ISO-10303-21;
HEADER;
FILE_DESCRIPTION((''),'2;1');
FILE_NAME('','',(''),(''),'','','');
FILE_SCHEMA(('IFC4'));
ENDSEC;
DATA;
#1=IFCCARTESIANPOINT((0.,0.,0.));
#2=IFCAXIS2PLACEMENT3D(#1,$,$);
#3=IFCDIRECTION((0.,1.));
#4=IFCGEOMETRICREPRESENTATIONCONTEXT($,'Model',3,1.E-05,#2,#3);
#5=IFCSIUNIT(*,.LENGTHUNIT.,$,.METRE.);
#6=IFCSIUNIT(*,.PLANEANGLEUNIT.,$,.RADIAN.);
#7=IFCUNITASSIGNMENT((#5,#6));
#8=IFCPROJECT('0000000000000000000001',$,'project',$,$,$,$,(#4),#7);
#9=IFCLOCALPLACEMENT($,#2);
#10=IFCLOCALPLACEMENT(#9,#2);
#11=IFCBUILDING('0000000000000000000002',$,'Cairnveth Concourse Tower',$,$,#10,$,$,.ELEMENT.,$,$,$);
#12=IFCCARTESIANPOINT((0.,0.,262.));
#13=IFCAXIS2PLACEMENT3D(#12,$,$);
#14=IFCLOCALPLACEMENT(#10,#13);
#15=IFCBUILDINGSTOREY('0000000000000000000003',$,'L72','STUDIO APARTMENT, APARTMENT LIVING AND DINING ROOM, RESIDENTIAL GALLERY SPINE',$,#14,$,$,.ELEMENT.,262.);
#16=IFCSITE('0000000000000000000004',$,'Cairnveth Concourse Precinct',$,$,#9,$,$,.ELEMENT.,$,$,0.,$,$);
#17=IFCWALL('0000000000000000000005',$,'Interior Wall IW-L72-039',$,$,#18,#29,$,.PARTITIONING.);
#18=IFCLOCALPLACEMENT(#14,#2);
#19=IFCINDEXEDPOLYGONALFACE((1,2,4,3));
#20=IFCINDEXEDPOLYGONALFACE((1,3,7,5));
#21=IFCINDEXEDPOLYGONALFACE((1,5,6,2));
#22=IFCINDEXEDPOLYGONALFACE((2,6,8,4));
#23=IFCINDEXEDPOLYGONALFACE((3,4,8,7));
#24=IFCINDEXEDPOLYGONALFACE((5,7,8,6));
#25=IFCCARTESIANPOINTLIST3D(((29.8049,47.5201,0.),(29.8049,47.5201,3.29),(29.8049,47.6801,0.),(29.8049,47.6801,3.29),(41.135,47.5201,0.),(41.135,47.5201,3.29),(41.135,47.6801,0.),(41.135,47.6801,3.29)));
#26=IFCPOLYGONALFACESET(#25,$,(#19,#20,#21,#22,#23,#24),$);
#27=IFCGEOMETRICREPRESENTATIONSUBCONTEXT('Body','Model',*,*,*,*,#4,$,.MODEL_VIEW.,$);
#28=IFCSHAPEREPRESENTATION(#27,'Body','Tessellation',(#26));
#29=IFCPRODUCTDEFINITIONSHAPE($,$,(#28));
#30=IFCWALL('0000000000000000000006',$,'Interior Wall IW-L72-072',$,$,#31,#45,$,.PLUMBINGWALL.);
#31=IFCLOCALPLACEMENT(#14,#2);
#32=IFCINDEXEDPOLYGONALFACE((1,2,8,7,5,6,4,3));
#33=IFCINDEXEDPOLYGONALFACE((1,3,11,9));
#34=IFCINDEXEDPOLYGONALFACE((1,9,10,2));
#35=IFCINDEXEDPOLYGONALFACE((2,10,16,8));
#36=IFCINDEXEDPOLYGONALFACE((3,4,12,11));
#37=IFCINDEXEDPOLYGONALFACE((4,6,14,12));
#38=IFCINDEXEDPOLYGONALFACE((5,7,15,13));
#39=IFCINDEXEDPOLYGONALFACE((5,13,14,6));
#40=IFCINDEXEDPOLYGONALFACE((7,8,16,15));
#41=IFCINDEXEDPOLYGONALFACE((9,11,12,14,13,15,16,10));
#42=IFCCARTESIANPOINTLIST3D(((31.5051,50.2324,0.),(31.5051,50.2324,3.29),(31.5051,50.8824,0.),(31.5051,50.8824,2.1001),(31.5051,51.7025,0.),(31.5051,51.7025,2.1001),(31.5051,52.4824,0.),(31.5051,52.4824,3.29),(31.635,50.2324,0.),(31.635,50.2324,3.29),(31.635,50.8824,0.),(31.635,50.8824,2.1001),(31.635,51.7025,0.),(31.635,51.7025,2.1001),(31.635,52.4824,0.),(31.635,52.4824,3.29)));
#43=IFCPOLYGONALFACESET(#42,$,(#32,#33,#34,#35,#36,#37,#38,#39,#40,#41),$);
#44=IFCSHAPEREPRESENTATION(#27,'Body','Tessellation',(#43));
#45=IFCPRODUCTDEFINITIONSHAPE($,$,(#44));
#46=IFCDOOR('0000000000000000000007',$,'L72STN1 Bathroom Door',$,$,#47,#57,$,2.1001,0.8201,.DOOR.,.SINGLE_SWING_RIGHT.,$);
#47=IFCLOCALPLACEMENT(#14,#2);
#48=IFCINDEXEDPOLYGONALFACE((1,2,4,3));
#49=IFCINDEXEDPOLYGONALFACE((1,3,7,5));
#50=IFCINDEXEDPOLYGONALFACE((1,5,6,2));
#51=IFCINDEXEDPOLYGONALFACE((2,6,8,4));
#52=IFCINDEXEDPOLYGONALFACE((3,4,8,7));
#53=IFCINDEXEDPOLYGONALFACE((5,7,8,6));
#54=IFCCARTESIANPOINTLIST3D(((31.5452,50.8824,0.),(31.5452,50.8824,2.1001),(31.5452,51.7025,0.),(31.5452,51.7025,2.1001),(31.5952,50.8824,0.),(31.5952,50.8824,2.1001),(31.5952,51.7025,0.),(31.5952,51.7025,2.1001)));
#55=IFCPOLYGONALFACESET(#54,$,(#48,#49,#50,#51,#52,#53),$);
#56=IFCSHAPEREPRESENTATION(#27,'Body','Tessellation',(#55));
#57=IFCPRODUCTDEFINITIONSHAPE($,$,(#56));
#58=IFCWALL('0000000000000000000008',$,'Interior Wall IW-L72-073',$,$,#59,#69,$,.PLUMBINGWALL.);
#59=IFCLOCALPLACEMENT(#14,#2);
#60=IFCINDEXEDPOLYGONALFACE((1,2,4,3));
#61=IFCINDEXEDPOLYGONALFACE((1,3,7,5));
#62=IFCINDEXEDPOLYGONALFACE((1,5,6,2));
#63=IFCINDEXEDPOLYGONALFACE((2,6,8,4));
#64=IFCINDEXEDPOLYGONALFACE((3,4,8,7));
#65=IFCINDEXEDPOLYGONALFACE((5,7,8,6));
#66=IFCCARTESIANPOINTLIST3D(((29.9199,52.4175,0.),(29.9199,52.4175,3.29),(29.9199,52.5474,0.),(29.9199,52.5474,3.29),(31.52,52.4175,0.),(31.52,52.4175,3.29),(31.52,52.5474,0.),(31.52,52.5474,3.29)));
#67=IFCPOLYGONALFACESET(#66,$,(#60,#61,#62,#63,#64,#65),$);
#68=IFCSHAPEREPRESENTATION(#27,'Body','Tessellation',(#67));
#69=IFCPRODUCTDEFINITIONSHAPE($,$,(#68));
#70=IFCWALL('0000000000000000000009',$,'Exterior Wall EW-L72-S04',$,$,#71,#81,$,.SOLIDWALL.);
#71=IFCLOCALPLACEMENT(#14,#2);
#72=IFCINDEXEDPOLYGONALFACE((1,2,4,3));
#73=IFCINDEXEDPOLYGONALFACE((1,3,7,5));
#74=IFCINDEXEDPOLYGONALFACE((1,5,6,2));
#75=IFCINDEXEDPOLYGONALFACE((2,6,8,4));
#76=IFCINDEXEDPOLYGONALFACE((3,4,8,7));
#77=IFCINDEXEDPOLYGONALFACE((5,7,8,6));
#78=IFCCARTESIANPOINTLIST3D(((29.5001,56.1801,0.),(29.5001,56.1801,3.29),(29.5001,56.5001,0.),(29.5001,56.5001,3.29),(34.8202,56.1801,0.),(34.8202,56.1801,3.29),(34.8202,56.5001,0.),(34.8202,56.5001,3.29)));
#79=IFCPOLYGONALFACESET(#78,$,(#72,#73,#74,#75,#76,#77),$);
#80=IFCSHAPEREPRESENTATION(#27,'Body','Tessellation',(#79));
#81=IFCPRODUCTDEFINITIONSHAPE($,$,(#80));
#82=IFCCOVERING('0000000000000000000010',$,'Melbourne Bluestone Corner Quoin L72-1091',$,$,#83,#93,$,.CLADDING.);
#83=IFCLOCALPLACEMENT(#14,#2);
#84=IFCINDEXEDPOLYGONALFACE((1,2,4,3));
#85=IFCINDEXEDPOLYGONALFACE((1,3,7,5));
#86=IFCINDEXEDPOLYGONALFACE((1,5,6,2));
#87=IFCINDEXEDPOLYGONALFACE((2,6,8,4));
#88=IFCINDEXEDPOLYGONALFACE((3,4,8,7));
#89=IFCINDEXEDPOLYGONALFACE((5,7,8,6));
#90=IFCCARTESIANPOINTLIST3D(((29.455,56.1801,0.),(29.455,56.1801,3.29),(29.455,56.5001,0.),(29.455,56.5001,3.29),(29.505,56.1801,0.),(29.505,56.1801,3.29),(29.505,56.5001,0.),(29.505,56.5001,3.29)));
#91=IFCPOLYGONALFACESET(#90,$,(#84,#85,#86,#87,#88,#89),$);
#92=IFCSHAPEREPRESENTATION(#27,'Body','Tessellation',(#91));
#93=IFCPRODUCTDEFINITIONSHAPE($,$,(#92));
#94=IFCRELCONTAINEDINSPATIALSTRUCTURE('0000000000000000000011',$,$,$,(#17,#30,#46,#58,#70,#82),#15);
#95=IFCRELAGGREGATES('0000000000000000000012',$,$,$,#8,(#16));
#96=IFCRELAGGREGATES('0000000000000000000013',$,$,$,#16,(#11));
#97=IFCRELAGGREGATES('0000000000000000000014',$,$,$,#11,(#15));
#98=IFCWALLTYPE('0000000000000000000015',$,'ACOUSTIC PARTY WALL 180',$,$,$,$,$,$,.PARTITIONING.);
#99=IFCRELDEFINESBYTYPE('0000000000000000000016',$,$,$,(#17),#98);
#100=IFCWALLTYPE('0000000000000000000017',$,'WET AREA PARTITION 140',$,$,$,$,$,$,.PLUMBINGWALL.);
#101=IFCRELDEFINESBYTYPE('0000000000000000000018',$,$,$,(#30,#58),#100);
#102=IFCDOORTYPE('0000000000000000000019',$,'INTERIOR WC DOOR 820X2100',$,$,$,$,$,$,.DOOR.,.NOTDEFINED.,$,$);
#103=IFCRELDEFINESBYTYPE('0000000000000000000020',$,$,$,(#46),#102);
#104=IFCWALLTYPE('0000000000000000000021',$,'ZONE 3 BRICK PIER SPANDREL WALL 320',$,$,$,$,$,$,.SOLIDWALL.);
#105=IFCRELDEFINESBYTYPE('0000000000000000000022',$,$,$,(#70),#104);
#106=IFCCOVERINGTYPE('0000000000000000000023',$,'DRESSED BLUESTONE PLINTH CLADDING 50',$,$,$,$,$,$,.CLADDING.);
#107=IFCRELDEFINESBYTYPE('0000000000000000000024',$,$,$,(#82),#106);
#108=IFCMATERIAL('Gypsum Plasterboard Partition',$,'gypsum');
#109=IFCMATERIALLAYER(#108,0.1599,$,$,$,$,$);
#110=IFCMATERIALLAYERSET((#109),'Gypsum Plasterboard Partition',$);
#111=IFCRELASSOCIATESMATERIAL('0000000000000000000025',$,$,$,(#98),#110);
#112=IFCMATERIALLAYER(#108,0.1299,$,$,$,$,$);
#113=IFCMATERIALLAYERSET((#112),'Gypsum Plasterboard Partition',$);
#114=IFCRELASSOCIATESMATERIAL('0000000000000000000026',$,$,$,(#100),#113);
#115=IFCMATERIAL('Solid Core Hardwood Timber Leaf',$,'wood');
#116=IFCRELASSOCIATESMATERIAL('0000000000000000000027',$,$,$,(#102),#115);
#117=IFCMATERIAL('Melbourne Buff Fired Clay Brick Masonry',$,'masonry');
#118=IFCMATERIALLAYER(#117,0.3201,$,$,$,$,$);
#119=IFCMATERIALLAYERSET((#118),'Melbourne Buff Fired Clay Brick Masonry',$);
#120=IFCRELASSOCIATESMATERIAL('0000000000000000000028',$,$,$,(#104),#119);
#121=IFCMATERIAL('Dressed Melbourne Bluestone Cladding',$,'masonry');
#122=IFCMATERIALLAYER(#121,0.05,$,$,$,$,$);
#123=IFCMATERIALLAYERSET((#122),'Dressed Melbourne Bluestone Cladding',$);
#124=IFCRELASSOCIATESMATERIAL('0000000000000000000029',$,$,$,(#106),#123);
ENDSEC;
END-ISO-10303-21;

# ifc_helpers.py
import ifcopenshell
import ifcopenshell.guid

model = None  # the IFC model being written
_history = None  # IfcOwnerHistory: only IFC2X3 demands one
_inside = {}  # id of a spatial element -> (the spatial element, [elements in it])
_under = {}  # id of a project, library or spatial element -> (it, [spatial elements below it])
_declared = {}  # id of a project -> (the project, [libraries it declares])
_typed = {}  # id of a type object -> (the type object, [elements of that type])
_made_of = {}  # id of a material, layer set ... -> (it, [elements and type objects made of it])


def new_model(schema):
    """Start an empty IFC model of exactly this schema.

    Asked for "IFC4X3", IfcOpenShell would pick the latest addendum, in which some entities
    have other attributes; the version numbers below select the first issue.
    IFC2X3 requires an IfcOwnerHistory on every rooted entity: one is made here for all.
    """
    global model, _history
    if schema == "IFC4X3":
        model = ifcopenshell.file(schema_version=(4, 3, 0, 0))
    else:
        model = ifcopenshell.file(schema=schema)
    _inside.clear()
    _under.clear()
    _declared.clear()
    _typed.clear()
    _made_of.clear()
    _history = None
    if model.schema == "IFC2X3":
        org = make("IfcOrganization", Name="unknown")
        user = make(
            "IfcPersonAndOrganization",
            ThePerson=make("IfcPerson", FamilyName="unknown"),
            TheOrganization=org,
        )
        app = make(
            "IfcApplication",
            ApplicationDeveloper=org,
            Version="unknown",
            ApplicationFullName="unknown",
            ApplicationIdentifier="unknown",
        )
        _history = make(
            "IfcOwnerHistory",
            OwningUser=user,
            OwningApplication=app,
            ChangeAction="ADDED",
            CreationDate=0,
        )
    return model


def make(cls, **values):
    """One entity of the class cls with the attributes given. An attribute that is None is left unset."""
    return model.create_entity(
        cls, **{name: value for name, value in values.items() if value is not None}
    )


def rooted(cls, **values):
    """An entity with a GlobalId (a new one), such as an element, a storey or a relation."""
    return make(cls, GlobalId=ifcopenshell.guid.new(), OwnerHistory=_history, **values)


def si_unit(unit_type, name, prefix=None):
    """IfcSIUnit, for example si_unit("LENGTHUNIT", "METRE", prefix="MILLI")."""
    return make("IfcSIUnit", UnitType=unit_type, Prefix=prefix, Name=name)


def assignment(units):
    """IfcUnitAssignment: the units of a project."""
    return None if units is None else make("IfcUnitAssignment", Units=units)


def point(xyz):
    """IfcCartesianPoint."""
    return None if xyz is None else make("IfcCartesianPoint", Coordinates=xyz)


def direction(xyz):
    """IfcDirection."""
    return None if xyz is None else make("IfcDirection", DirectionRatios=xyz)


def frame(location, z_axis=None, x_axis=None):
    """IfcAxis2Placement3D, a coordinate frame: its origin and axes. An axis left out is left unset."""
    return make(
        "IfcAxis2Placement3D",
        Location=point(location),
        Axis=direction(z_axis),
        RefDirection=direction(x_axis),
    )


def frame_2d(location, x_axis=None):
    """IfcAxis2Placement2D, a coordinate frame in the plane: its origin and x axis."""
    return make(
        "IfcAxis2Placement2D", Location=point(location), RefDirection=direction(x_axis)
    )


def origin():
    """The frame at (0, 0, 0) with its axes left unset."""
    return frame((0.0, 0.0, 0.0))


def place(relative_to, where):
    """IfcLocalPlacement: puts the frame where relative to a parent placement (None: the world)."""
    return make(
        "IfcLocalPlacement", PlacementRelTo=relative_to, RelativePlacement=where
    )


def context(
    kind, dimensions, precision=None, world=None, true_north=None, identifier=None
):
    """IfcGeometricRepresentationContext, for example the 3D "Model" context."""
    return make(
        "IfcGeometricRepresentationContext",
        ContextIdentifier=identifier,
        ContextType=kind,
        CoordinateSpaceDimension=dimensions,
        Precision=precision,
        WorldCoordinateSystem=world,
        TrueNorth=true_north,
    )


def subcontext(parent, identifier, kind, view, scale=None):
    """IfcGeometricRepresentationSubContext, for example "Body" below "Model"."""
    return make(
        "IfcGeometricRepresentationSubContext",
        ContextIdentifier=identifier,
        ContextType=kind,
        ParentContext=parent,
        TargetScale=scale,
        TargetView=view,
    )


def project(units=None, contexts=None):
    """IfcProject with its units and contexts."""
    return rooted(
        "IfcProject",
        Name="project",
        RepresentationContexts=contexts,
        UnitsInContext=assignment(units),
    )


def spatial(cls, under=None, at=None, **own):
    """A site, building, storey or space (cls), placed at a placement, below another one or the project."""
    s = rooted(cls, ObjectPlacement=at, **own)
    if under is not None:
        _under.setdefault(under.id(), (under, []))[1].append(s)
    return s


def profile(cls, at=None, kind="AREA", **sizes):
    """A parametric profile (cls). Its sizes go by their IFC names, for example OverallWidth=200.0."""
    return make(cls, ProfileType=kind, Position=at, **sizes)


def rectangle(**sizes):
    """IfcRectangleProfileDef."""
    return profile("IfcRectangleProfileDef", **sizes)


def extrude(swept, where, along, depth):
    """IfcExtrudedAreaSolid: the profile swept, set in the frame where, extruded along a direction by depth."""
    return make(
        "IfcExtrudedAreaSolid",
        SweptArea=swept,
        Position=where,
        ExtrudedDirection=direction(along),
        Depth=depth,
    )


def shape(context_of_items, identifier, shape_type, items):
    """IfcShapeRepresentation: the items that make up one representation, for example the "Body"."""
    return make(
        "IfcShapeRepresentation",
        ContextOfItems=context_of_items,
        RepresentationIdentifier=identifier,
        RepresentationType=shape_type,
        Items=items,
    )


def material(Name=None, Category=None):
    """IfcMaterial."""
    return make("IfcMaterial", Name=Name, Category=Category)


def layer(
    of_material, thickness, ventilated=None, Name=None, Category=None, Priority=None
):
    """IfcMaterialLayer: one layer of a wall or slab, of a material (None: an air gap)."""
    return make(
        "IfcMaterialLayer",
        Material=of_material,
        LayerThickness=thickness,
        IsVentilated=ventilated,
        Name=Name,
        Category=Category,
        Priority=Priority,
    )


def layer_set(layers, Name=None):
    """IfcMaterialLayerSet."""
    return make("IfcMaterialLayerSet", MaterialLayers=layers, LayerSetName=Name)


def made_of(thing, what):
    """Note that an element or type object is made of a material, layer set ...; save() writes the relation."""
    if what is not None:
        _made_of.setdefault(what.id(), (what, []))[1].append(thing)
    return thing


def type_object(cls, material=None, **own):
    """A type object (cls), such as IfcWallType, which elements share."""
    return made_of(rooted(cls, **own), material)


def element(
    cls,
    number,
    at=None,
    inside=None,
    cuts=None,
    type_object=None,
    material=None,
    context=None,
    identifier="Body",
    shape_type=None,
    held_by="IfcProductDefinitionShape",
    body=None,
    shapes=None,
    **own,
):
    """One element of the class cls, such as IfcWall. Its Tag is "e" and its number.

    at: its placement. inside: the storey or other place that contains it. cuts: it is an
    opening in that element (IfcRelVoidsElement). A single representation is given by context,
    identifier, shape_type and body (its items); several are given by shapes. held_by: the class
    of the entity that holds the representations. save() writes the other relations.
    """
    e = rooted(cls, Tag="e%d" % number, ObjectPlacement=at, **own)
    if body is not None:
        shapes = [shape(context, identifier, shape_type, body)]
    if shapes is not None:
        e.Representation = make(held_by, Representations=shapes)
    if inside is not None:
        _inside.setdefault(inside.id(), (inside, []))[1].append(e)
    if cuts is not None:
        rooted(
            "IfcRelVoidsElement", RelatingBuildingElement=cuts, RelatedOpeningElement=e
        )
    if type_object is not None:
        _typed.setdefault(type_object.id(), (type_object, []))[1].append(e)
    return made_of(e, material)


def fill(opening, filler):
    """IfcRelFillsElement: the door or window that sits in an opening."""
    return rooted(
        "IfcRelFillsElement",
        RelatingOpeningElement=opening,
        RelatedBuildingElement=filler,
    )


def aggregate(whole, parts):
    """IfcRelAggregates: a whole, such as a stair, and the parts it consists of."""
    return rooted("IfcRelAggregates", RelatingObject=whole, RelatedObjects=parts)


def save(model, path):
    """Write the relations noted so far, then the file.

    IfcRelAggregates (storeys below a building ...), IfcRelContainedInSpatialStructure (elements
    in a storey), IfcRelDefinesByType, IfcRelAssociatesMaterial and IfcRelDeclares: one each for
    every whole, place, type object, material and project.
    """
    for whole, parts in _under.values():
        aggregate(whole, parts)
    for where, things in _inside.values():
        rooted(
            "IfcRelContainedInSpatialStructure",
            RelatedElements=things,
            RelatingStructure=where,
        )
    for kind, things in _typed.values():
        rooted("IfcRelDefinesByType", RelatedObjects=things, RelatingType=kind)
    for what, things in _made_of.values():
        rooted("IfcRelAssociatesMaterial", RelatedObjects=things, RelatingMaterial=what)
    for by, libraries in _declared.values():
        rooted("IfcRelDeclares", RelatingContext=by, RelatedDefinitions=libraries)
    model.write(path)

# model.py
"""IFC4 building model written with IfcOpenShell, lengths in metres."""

from ifc_helpers import new_model, si_unit, direction, frame, frame_2d, origin, place, context, subcontext, project, spatial, rectangle, extrude, material, layer, layer_set, type_object, element, fill, save


model = new_model("IFC4")

# Units and contexts
model_context = context("Model", 3, precision=1e-05, world=origin(), true_north=direction((0.0, 1.0)))
body_context = subcontext(model_context, "Body", "Model", "MODEL_VIEW")
ifc_project = project(units=[si_unit("LENGTHUNIT", "METRE"), si_unit("PLANEANGLEUNIT", "RADIAN")], contexts=[model_context])

# Site, building, storey
site_placement = place(None, origin())
site = spatial("IfcSite", under=ifc_project, at=site_placement, Name="Cairnveth Concourse Precinct", CompositionType="ELEMENT", RefElevation=0.0)
building_placement = place(site_placement, origin())
building = spatial("IfcBuilding", under=site, at=building_placement, Name="Cairnveth Concourse Tower", CompositionType="ELEMENT")
storey_placement = place(building_placement, frame((0.0, 0.0, 262.0)))
storey = spatial("IfcBuildingStorey", under=building, at=storey_placement, Name="L72", Description="STUDIO APARTMENT, APARTMENT LIVING AND DINING ROOM, RESIDENTIAL GALLERY SPINE", CompositionType="ELEMENT", Elevation=262.0)

# Shared definitions
ifc_material_1 = material(Name="Gypsum Plasterboard Partition", Category="gypsum")
ifc_layer_1 = layer(ifc_material_1, 0.1599)
ifc_layer_set_1 = layer_set([ifc_layer_1], Name="Gypsum Plasterboard Partition")
wall_type_1 = type_object("IfcWallType", Name="ACOUSTIC PARTY WALL 180", PredefinedType="PARTITIONING", material=ifc_layer_set_1)
ifc_material_2 = material(Name="Solid Core Hardwood Timber Leaf", Category="wood")

# Wall
wall_1_placement = place(storey_placement, frame((29.8049, 47.6001, 0.0), z_axis=(0.0, 0.0, 1.0), x_axis=(1.0, 0.0, 0.0)))
element("IfcWall", 1, at=wall_1_placement, inside=storey, type_object=wall_type_1, Name="Interior Wall IW-L72-039", PredefinedType="PARTITIONING", context=body_context, shape_type="SweptSolid", body=[
    extrude(rectangle(XDim=11.3301, YDim=0.1599, at=frame_2d((5.665, 0.0))), origin(), (0.0, 0.0, 1.0), 3.29),
])

# Wall, opening, door
ifc_layer_2 = layer(ifc_material_1, 0.1299)
ifc_layer_set_2 = layer_set([ifc_layer_2], Name="Gypsum Plasterboard Partition")
wall_type_2 = type_object("IfcWallType", Name="WET AREA PARTITION 140", PredefinedType="PLUMBINGWALL", material=ifc_layer_set_2)
wall_2_placement = place(storey_placement, frame((31.5701, 50.2324, 0.0), z_axis=(0.0, 0.0, 1.0), x_axis=(0.0, 1.0, 0.0)))
wall_2 = element("IfcWall", 2, at=wall_2_placement, inside=storey, type_object=wall_type_2, Name="Interior Wall IW-L72-072", PredefinedType="PLUMBINGWALL", context=body_context, shape_type="SweptSolid", body=[
    extrude(rectangle(XDim=2.25, YDim=0.1299, at=frame_2d((1.125, 0.0))), origin(), (0.0, 0.0, 1.0), 3.29),
])
opening_1_placement = place(wall_2_placement, frame((0.6499, 0.0, 0.0)))
opening_1 = element("IfcOpeningElement", 3, at=opening_1_placement, cuts=wall_2, PredefinedType="OPENING", context=body_context, shape_type="SweptSolid", body=[
    extrude(rectangle(XDim=0.8201, YDim=2.1001, at=frame_2d((0.4102, 1.05))), frame((0.0, 0.075, 0.0), z_axis=(0.0, -1.0, 0.0), x_axis=(1.0, 0.0, 0.0)), (0.0, 0.0, 1.0), 0.1499),
])
door_type_1 = type_object("IfcDoorType", Name="INTERIOR WC DOOR 820X2100", OperationType="NOTDEFINED", PredefinedType="DOOR", material=ifc_material_2)
door_1_placement = place(opening_1_placement, origin())
door_1 = element("IfcDoor", 4, at=door_1_placement, inside=storey, type_object=door_type_1, Name="L72STN1 Bathroom Door", OperationType="SINGLE_SWING_RIGHT", OverallHeight=2.1001, OverallWidth=0.8201, PredefinedType="DOOR", context=body_context, shape_type="SweptSolid", body=[
    extrude(rectangle(XDim=0.8201, YDim=2.1001, at=frame_2d((0.4102, 1.05))), frame((0.0, 0.0249, 0.0), z_axis=(0.0, -1.0, 0.0), x_axis=(1.0, 0.0, 0.0)), (0.0, 0.0, 1.0), 0.05),
])
fill(opening_1, door_1)

# Walls
wall_3_placement = place(storey_placement, frame((29.9199, 52.4824, 0.0), z_axis=(0.0, 0.0, 1.0), x_axis=(1.0, 0.0, 0.0)))
element("IfcWall", 5, at=wall_3_placement, inside=storey, type_object=wall_type_2, Name="Interior Wall IW-L72-073", PredefinedType="PLUMBINGWALL", context=body_context, shape_type="SweptSolid", body=[
    extrude(rectangle(XDim=1.6001, YDim=0.1299, at=frame_2d((0.8, 0.0))), origin(), (0.0, 0.0, 1.0), 3.29),
])
ifc_material_3 = material(Name="Melbourne Buff Fired Clay Brick Masonry", Category="masonry")
ifc_layer_3 = layer(ifc_material_3, 0.3201)
ifc_layer_set_3 = layer_set([ifc_layer_3], Name="Melbourne Buff Fired Clay Brick Masonry")
wall_type_3 = type_object("IfcWallType", Name="ZONE 3 BRICK PIER SPANDREL WALL 320", PredefinedType="SOLIDWALL", material=ifc_layer_set_3)
wall_4_placement = place(storey_placement, frame((29.5, 56.3401, 0.0), z_axis=(0.0, 0.0, 1.0), x_axis=(1.0, 0.0, 0.0)))
element("IfcWall", 6, at=wall_4_placement, inside=storey, type_object=wall_type_3, Name="Exterior Wall EW-L72-S04", PredefinedType="SOLIDWALL", context=body_context, shape_type="SweptSolid", body=[
    extrude(rectangle(XDim=5.3201, YDim=0.3201, at=frame_2d((2.6602, 0.0))), origin(), (0.0, 0.0, 1.0), 3.29),
])

# Covering
ifc_material_4 = material(Name="Dressed Melbourne Bluestone Cladding", Category="masonry")
ifc_layer_4 = layer(ifc_material_4, 0.05)
ifc_layer_set_4 = layer_set([ifc_layer_4], Name="Dressed Melbourne Bluestone Cladding")
covering_type = type_object("IfcCoveringType", Name="DRESSED BLUESTONE PLINTH CLADDING 50", PredefinedType="CLADDING", material=ifc_layer_set_4)
covering_placement = place(storey_placement, frame((29.48, 56.1799, 0.0), z_axis=(0.0, 0.0, 1.0), x_axis=(0.0, 1.0, 0.0)))
element("IfcCovering", 7, at=covering_placement, inside=storey, type_object=covering_type, Name="Melbourne Bluestone Corner Quoin L72-1091", PredefinedType="CLADDING", context=body_context, shape_type="SweptSolid", body=[
    extrude(rectangle(XDim=0.3201, YDim=0.05, at=frame_2d((0.1602, 0.0))), origin(), (0.0, 0.0, 1.0), 3.29),
])

save(model, "model.ifc")
